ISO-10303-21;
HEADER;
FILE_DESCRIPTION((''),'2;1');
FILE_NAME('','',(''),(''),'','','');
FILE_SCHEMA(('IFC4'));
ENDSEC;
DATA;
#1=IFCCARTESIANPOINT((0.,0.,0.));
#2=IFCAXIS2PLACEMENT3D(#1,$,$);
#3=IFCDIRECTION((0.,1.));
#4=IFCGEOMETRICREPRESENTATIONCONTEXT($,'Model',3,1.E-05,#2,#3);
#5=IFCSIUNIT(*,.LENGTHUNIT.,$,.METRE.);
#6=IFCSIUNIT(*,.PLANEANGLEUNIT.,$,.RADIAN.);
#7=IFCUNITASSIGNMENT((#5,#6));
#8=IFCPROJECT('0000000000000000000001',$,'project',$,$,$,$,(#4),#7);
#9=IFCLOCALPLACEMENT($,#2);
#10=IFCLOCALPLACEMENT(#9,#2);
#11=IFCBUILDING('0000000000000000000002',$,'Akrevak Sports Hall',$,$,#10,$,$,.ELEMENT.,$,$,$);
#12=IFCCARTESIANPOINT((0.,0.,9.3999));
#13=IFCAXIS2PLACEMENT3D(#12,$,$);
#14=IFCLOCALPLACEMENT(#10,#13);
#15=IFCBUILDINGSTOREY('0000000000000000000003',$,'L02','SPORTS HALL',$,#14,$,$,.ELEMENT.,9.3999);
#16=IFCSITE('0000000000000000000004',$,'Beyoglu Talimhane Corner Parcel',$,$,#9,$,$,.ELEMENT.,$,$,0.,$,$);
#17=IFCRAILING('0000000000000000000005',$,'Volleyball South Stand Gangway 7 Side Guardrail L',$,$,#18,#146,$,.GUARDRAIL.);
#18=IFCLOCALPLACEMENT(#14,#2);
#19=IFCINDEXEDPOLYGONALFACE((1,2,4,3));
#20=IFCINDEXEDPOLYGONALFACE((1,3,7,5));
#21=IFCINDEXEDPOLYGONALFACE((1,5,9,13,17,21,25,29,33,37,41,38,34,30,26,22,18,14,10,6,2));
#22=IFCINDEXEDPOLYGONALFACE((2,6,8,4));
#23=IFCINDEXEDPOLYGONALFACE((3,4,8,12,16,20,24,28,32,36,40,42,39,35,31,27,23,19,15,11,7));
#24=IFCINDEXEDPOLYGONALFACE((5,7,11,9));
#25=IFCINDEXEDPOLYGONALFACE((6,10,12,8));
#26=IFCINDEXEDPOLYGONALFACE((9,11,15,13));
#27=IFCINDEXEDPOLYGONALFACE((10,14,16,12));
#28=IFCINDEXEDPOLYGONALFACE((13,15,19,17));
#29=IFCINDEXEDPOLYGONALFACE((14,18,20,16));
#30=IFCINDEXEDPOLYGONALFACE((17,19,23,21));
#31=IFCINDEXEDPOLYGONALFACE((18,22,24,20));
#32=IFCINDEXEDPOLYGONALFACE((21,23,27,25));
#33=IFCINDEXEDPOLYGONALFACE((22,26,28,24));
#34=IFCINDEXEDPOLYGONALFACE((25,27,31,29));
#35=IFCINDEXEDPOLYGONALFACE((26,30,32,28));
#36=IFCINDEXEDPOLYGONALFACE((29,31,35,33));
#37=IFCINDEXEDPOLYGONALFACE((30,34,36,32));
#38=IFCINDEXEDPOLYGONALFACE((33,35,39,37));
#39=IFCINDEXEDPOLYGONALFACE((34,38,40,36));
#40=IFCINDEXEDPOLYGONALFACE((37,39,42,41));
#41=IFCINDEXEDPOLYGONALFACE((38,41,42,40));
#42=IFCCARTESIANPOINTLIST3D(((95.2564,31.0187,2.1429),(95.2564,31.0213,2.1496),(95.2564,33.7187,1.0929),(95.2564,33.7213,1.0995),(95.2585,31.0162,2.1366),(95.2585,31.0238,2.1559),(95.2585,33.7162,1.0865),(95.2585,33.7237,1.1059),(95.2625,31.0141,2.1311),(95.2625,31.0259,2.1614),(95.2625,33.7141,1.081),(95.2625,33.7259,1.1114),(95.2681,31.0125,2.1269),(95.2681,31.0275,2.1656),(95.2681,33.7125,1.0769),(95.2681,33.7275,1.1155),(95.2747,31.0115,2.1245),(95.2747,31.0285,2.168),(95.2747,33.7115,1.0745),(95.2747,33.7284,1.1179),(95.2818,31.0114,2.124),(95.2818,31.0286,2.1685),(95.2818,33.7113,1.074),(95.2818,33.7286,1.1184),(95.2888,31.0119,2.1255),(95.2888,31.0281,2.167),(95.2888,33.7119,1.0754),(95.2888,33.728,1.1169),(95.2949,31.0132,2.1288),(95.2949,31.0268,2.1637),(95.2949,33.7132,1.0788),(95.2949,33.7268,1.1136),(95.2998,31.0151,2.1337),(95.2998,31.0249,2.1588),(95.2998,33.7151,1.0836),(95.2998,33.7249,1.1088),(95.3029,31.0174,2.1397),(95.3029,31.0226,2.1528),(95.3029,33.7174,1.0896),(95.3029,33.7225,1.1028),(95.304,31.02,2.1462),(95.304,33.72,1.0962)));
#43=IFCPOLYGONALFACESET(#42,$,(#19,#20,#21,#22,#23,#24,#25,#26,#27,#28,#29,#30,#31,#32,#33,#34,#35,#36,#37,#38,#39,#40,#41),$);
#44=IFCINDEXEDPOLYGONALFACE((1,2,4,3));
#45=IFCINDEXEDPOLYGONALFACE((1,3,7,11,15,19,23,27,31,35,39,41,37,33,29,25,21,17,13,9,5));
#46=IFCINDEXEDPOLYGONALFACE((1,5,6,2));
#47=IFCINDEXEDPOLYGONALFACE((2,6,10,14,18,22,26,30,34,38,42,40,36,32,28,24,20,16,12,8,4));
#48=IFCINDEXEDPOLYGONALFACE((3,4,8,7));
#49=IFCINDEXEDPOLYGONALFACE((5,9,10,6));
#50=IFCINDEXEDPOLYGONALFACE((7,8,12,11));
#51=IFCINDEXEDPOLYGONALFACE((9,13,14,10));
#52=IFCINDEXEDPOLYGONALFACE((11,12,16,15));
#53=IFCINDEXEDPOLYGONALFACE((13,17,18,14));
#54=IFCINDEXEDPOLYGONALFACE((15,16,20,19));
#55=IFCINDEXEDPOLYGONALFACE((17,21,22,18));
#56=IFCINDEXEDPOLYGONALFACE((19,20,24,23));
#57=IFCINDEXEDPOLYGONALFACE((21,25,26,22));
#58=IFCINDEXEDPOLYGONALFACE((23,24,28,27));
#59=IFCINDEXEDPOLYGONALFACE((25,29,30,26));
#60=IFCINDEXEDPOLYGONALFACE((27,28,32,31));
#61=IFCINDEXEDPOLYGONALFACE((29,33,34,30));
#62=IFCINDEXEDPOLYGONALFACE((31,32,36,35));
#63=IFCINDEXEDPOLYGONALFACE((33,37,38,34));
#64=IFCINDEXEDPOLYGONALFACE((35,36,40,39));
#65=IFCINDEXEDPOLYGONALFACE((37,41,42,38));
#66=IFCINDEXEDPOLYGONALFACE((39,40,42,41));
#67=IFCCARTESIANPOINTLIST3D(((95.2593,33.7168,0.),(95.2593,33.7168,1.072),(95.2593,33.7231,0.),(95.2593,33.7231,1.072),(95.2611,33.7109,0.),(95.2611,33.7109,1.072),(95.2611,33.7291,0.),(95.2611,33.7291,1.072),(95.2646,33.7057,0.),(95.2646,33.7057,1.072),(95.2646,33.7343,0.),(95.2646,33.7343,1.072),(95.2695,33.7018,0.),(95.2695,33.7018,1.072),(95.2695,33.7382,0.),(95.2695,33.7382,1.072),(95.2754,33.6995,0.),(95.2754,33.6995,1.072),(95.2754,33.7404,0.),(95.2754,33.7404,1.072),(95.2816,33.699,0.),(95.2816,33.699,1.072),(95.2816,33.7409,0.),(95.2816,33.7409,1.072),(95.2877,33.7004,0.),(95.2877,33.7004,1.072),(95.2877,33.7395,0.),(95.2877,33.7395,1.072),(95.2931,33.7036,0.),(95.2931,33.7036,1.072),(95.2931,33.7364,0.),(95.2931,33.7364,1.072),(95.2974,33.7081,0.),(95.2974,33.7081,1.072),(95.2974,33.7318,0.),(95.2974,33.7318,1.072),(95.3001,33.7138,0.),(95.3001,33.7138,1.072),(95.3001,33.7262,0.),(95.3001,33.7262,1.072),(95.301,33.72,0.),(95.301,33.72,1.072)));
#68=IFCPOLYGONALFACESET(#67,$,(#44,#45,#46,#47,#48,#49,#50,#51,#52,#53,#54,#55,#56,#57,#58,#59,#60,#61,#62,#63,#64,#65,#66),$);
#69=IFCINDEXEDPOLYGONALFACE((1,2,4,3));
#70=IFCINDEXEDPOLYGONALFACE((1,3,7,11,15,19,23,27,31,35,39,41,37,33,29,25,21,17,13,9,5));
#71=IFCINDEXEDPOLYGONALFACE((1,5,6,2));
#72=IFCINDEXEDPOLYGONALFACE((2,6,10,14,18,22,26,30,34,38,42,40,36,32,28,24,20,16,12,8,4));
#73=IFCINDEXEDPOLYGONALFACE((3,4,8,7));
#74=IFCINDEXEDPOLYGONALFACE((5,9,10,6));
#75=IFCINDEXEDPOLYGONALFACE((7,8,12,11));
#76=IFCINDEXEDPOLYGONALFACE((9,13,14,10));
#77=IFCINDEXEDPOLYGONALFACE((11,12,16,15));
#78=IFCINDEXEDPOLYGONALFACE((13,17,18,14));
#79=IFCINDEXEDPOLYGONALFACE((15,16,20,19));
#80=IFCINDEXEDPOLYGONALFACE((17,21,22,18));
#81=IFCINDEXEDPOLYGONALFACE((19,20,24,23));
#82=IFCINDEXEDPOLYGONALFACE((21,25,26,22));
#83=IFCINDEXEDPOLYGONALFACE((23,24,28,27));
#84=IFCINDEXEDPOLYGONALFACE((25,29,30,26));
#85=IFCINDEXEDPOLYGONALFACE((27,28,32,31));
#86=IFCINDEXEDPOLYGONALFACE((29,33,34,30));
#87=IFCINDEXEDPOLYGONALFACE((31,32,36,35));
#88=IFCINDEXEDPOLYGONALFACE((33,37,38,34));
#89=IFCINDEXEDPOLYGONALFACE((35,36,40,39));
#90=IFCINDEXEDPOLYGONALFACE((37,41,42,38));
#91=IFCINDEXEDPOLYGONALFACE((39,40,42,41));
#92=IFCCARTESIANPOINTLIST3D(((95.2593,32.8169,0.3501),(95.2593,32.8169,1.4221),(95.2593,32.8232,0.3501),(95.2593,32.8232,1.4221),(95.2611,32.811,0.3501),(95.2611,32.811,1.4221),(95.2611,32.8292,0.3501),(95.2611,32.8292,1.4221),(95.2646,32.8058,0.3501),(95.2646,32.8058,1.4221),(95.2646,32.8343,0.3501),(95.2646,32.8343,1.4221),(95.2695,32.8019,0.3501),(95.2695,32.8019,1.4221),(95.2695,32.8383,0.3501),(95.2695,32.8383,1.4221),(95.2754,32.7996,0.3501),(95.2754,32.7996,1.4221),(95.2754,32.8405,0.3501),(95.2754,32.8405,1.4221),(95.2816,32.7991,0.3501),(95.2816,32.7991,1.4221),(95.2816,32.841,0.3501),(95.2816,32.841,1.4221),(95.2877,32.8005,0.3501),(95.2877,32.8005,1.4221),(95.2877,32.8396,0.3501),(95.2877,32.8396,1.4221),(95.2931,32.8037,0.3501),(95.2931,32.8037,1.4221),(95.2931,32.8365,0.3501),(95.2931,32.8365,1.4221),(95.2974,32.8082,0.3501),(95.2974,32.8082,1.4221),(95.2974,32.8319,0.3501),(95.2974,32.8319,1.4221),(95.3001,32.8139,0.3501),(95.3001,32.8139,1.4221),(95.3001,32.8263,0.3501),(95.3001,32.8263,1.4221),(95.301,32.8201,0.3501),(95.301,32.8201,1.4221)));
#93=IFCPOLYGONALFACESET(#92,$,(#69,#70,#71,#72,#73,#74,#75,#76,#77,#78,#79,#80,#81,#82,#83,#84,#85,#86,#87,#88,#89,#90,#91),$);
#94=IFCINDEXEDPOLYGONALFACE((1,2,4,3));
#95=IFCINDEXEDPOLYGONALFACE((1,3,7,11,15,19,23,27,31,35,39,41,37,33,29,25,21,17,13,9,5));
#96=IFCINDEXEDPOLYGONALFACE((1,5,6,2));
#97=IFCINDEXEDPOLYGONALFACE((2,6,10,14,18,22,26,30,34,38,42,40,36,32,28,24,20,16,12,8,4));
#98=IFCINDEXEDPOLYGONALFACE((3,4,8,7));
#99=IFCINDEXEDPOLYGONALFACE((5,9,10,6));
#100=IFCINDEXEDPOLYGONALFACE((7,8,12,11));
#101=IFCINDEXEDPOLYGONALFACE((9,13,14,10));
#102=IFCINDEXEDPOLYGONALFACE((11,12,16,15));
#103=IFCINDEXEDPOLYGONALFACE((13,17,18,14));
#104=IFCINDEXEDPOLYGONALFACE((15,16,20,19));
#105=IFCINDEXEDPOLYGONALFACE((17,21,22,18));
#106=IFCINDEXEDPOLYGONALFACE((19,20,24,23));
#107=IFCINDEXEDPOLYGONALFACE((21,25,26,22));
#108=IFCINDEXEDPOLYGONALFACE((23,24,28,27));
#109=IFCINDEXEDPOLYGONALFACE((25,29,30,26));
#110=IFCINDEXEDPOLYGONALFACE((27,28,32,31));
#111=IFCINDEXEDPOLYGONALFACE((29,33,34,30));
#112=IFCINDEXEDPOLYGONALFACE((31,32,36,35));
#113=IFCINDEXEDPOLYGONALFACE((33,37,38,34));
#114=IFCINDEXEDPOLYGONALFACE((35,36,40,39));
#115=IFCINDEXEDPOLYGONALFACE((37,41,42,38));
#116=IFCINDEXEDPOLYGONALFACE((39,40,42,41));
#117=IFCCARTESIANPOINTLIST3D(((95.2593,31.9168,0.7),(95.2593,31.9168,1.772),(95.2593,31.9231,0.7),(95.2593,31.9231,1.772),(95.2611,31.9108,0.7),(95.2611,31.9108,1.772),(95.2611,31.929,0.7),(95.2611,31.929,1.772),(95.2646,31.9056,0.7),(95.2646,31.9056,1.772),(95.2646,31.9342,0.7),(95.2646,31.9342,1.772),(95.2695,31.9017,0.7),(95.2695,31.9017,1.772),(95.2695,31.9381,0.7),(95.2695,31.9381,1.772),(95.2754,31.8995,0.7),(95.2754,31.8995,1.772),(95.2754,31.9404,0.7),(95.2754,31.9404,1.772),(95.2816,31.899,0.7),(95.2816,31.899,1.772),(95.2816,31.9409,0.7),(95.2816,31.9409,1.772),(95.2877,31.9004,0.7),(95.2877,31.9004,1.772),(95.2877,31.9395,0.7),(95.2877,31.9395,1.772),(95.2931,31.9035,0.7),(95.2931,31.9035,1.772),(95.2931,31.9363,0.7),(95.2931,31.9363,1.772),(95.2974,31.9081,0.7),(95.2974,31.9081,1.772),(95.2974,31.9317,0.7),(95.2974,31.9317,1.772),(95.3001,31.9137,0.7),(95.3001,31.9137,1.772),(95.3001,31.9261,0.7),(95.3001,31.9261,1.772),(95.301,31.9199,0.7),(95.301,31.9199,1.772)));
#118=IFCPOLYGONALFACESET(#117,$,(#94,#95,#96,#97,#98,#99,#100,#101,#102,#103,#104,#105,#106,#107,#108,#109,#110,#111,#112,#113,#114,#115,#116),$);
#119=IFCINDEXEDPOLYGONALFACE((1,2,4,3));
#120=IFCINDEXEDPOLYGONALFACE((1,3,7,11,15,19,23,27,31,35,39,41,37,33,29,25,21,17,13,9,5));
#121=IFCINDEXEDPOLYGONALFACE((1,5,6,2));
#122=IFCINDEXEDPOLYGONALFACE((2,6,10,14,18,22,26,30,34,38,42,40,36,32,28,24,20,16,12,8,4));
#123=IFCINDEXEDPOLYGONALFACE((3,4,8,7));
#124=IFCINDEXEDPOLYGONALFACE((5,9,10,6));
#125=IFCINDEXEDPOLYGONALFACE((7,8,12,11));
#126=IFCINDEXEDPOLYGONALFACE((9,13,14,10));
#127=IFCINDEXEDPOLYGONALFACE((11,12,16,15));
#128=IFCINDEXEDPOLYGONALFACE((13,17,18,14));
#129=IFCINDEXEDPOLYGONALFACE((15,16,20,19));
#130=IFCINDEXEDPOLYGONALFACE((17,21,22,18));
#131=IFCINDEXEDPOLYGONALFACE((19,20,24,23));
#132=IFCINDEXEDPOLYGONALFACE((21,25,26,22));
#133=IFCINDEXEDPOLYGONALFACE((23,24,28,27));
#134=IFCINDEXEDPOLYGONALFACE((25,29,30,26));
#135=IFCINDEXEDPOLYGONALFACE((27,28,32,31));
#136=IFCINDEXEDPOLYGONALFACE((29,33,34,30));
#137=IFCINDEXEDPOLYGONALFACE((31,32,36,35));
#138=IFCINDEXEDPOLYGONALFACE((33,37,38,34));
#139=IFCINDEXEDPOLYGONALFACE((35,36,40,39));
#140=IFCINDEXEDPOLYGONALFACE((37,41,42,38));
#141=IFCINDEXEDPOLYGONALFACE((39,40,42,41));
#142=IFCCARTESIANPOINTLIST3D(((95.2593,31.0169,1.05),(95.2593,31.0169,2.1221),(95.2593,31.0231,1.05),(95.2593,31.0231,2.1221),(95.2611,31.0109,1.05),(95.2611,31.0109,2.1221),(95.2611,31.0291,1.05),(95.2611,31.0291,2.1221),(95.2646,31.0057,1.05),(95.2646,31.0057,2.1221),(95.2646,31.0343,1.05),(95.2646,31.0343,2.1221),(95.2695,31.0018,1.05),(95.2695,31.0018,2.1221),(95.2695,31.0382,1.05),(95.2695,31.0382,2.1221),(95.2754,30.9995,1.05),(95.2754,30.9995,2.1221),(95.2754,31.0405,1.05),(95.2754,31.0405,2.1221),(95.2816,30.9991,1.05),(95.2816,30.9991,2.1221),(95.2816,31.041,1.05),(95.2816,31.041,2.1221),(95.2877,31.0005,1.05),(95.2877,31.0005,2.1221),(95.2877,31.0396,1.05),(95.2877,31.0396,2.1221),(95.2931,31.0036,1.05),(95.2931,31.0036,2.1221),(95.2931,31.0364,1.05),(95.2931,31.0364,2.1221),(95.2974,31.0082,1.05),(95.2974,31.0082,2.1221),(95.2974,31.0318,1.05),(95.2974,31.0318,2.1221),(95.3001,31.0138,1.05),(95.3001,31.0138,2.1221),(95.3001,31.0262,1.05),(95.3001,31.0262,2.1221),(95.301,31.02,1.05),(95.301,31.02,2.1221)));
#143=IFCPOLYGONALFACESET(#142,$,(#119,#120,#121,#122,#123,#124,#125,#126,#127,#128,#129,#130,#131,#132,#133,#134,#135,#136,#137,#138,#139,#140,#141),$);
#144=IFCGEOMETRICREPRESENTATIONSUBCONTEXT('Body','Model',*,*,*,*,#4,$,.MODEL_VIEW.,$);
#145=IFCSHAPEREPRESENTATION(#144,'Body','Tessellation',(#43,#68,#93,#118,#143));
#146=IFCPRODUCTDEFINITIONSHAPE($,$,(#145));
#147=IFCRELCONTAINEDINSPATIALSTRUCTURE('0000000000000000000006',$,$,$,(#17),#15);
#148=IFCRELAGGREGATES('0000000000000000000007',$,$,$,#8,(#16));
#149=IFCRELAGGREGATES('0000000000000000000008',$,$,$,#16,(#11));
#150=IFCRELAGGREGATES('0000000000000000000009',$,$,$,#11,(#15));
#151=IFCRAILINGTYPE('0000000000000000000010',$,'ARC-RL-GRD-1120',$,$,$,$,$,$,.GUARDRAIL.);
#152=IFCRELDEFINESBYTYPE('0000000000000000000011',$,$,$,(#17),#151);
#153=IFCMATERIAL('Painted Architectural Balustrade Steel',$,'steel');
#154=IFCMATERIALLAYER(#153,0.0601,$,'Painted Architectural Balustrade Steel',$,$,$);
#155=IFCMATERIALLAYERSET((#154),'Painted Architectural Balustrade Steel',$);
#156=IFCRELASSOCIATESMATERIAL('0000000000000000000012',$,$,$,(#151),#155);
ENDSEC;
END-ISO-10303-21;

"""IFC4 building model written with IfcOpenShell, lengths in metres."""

from ifc_helpers import new_model, si_unit, direction, frame, origin, origin_2d, place, context, subcontext, project, spatial, circle, extrude, material, layer, layer_set, type_object, element, save


model = new_model("IFC4")

# Units and contexts
model_context = context("Model", 3, precision=1e-05, world=origin(), true_north=direction((0.0, 1.0)))
body_context = subcontext(model_context, "Body", "Model", "MODEL_VIEW")
ifc_project = project(units=[si_unit("LENGTHUNIT", "METRE"), si_unit("PLANEANGLEUNIT", "RADIAN")], contexts=[model_context])

# Site, building, storey
site_placement = place(None, origin())
site = spatial("IfcSite", under=ifc_project, at=site_placement, Name="Beyoglu Talimhane Corner Parcel", CompositionType="ELEMENT", RefElevation=0.0)
building_placement = place(site_placement, origin())
building = spatial("IfcBuilding", under=site, at=building_placement, Name="Akrevak Sports Hall", CompositionType="ELEMENT")
storey_placement = place(building_placement, frame((0.0, 0.0, 9.3999)))
storey = spatial("IfcBuildingStorey", under=building, at=storey_placement, Name="L02", Description="SPORTS HALL", CompositionType="ELEMENT", Elevation=9.3999)

# Railing
ifc_material_1 = material(Name="Painted Architectural Balustrade Steel", Category="steel")
ifc_layer_1 = layer(ifc_material_1, 0.0601, Name="Painted Architectural Balustrade Steel")
ifc_layer_set_1 = layer_set([ifc_layer_1], Name="Painted Architectural Balustrade Steel")
railing_type_1 = type_object("IfcRailingType", Name="ARC-RL-GRD-1120", PredefinedType="GUARDRAIL", material=ifc_layer_set_1)
for number, where, name in (
    (1, (95.28, 33.72, 0.0), "Volleyball South Stand Gangway 7 Side Guardrail L"),
):
    element("IfcRailing", number, at=place(storey_placement, frame(where)), inside=storey, type_object=railing_type_1, Name=name, PredefinedType="GUARDRAIL", context=body_context, shape_type="SweptSolid", body=[
        extrude(circle(Radius=0.0239, at=origin_2d()), frame((0.0, 0.0, 1.0962), z_axis=(0.0, -0.931997, 0.362467), x_axis=(1.0, 0.0, 0.0)), (0.0, 0.0, 1.0), 2.897),
        extrude(circle(Radius=0.021, at=origin_2d()), origin(), (0.0, 0.0, 1.0), 1.072),
        extrude(circle(Radius=0.021, at=origin_2d()), frame((0.0, -0.8999, 0.3501)), (0.0, 0.0, 1.0), 1.072),
        extrude(circle(Radius=0.021, at=origin_2d()), frame((0.0, -1.8, 0.7)), (0.0, 0.0, 1.0), 1.072),
        extrude(circle(Radius=0.021, at=origin_2d()), frame((0.0, -2.7, 1.05)), (0.0, 0.0, 1.0), 1.072),
    ])

save(model, "model.ifc")
